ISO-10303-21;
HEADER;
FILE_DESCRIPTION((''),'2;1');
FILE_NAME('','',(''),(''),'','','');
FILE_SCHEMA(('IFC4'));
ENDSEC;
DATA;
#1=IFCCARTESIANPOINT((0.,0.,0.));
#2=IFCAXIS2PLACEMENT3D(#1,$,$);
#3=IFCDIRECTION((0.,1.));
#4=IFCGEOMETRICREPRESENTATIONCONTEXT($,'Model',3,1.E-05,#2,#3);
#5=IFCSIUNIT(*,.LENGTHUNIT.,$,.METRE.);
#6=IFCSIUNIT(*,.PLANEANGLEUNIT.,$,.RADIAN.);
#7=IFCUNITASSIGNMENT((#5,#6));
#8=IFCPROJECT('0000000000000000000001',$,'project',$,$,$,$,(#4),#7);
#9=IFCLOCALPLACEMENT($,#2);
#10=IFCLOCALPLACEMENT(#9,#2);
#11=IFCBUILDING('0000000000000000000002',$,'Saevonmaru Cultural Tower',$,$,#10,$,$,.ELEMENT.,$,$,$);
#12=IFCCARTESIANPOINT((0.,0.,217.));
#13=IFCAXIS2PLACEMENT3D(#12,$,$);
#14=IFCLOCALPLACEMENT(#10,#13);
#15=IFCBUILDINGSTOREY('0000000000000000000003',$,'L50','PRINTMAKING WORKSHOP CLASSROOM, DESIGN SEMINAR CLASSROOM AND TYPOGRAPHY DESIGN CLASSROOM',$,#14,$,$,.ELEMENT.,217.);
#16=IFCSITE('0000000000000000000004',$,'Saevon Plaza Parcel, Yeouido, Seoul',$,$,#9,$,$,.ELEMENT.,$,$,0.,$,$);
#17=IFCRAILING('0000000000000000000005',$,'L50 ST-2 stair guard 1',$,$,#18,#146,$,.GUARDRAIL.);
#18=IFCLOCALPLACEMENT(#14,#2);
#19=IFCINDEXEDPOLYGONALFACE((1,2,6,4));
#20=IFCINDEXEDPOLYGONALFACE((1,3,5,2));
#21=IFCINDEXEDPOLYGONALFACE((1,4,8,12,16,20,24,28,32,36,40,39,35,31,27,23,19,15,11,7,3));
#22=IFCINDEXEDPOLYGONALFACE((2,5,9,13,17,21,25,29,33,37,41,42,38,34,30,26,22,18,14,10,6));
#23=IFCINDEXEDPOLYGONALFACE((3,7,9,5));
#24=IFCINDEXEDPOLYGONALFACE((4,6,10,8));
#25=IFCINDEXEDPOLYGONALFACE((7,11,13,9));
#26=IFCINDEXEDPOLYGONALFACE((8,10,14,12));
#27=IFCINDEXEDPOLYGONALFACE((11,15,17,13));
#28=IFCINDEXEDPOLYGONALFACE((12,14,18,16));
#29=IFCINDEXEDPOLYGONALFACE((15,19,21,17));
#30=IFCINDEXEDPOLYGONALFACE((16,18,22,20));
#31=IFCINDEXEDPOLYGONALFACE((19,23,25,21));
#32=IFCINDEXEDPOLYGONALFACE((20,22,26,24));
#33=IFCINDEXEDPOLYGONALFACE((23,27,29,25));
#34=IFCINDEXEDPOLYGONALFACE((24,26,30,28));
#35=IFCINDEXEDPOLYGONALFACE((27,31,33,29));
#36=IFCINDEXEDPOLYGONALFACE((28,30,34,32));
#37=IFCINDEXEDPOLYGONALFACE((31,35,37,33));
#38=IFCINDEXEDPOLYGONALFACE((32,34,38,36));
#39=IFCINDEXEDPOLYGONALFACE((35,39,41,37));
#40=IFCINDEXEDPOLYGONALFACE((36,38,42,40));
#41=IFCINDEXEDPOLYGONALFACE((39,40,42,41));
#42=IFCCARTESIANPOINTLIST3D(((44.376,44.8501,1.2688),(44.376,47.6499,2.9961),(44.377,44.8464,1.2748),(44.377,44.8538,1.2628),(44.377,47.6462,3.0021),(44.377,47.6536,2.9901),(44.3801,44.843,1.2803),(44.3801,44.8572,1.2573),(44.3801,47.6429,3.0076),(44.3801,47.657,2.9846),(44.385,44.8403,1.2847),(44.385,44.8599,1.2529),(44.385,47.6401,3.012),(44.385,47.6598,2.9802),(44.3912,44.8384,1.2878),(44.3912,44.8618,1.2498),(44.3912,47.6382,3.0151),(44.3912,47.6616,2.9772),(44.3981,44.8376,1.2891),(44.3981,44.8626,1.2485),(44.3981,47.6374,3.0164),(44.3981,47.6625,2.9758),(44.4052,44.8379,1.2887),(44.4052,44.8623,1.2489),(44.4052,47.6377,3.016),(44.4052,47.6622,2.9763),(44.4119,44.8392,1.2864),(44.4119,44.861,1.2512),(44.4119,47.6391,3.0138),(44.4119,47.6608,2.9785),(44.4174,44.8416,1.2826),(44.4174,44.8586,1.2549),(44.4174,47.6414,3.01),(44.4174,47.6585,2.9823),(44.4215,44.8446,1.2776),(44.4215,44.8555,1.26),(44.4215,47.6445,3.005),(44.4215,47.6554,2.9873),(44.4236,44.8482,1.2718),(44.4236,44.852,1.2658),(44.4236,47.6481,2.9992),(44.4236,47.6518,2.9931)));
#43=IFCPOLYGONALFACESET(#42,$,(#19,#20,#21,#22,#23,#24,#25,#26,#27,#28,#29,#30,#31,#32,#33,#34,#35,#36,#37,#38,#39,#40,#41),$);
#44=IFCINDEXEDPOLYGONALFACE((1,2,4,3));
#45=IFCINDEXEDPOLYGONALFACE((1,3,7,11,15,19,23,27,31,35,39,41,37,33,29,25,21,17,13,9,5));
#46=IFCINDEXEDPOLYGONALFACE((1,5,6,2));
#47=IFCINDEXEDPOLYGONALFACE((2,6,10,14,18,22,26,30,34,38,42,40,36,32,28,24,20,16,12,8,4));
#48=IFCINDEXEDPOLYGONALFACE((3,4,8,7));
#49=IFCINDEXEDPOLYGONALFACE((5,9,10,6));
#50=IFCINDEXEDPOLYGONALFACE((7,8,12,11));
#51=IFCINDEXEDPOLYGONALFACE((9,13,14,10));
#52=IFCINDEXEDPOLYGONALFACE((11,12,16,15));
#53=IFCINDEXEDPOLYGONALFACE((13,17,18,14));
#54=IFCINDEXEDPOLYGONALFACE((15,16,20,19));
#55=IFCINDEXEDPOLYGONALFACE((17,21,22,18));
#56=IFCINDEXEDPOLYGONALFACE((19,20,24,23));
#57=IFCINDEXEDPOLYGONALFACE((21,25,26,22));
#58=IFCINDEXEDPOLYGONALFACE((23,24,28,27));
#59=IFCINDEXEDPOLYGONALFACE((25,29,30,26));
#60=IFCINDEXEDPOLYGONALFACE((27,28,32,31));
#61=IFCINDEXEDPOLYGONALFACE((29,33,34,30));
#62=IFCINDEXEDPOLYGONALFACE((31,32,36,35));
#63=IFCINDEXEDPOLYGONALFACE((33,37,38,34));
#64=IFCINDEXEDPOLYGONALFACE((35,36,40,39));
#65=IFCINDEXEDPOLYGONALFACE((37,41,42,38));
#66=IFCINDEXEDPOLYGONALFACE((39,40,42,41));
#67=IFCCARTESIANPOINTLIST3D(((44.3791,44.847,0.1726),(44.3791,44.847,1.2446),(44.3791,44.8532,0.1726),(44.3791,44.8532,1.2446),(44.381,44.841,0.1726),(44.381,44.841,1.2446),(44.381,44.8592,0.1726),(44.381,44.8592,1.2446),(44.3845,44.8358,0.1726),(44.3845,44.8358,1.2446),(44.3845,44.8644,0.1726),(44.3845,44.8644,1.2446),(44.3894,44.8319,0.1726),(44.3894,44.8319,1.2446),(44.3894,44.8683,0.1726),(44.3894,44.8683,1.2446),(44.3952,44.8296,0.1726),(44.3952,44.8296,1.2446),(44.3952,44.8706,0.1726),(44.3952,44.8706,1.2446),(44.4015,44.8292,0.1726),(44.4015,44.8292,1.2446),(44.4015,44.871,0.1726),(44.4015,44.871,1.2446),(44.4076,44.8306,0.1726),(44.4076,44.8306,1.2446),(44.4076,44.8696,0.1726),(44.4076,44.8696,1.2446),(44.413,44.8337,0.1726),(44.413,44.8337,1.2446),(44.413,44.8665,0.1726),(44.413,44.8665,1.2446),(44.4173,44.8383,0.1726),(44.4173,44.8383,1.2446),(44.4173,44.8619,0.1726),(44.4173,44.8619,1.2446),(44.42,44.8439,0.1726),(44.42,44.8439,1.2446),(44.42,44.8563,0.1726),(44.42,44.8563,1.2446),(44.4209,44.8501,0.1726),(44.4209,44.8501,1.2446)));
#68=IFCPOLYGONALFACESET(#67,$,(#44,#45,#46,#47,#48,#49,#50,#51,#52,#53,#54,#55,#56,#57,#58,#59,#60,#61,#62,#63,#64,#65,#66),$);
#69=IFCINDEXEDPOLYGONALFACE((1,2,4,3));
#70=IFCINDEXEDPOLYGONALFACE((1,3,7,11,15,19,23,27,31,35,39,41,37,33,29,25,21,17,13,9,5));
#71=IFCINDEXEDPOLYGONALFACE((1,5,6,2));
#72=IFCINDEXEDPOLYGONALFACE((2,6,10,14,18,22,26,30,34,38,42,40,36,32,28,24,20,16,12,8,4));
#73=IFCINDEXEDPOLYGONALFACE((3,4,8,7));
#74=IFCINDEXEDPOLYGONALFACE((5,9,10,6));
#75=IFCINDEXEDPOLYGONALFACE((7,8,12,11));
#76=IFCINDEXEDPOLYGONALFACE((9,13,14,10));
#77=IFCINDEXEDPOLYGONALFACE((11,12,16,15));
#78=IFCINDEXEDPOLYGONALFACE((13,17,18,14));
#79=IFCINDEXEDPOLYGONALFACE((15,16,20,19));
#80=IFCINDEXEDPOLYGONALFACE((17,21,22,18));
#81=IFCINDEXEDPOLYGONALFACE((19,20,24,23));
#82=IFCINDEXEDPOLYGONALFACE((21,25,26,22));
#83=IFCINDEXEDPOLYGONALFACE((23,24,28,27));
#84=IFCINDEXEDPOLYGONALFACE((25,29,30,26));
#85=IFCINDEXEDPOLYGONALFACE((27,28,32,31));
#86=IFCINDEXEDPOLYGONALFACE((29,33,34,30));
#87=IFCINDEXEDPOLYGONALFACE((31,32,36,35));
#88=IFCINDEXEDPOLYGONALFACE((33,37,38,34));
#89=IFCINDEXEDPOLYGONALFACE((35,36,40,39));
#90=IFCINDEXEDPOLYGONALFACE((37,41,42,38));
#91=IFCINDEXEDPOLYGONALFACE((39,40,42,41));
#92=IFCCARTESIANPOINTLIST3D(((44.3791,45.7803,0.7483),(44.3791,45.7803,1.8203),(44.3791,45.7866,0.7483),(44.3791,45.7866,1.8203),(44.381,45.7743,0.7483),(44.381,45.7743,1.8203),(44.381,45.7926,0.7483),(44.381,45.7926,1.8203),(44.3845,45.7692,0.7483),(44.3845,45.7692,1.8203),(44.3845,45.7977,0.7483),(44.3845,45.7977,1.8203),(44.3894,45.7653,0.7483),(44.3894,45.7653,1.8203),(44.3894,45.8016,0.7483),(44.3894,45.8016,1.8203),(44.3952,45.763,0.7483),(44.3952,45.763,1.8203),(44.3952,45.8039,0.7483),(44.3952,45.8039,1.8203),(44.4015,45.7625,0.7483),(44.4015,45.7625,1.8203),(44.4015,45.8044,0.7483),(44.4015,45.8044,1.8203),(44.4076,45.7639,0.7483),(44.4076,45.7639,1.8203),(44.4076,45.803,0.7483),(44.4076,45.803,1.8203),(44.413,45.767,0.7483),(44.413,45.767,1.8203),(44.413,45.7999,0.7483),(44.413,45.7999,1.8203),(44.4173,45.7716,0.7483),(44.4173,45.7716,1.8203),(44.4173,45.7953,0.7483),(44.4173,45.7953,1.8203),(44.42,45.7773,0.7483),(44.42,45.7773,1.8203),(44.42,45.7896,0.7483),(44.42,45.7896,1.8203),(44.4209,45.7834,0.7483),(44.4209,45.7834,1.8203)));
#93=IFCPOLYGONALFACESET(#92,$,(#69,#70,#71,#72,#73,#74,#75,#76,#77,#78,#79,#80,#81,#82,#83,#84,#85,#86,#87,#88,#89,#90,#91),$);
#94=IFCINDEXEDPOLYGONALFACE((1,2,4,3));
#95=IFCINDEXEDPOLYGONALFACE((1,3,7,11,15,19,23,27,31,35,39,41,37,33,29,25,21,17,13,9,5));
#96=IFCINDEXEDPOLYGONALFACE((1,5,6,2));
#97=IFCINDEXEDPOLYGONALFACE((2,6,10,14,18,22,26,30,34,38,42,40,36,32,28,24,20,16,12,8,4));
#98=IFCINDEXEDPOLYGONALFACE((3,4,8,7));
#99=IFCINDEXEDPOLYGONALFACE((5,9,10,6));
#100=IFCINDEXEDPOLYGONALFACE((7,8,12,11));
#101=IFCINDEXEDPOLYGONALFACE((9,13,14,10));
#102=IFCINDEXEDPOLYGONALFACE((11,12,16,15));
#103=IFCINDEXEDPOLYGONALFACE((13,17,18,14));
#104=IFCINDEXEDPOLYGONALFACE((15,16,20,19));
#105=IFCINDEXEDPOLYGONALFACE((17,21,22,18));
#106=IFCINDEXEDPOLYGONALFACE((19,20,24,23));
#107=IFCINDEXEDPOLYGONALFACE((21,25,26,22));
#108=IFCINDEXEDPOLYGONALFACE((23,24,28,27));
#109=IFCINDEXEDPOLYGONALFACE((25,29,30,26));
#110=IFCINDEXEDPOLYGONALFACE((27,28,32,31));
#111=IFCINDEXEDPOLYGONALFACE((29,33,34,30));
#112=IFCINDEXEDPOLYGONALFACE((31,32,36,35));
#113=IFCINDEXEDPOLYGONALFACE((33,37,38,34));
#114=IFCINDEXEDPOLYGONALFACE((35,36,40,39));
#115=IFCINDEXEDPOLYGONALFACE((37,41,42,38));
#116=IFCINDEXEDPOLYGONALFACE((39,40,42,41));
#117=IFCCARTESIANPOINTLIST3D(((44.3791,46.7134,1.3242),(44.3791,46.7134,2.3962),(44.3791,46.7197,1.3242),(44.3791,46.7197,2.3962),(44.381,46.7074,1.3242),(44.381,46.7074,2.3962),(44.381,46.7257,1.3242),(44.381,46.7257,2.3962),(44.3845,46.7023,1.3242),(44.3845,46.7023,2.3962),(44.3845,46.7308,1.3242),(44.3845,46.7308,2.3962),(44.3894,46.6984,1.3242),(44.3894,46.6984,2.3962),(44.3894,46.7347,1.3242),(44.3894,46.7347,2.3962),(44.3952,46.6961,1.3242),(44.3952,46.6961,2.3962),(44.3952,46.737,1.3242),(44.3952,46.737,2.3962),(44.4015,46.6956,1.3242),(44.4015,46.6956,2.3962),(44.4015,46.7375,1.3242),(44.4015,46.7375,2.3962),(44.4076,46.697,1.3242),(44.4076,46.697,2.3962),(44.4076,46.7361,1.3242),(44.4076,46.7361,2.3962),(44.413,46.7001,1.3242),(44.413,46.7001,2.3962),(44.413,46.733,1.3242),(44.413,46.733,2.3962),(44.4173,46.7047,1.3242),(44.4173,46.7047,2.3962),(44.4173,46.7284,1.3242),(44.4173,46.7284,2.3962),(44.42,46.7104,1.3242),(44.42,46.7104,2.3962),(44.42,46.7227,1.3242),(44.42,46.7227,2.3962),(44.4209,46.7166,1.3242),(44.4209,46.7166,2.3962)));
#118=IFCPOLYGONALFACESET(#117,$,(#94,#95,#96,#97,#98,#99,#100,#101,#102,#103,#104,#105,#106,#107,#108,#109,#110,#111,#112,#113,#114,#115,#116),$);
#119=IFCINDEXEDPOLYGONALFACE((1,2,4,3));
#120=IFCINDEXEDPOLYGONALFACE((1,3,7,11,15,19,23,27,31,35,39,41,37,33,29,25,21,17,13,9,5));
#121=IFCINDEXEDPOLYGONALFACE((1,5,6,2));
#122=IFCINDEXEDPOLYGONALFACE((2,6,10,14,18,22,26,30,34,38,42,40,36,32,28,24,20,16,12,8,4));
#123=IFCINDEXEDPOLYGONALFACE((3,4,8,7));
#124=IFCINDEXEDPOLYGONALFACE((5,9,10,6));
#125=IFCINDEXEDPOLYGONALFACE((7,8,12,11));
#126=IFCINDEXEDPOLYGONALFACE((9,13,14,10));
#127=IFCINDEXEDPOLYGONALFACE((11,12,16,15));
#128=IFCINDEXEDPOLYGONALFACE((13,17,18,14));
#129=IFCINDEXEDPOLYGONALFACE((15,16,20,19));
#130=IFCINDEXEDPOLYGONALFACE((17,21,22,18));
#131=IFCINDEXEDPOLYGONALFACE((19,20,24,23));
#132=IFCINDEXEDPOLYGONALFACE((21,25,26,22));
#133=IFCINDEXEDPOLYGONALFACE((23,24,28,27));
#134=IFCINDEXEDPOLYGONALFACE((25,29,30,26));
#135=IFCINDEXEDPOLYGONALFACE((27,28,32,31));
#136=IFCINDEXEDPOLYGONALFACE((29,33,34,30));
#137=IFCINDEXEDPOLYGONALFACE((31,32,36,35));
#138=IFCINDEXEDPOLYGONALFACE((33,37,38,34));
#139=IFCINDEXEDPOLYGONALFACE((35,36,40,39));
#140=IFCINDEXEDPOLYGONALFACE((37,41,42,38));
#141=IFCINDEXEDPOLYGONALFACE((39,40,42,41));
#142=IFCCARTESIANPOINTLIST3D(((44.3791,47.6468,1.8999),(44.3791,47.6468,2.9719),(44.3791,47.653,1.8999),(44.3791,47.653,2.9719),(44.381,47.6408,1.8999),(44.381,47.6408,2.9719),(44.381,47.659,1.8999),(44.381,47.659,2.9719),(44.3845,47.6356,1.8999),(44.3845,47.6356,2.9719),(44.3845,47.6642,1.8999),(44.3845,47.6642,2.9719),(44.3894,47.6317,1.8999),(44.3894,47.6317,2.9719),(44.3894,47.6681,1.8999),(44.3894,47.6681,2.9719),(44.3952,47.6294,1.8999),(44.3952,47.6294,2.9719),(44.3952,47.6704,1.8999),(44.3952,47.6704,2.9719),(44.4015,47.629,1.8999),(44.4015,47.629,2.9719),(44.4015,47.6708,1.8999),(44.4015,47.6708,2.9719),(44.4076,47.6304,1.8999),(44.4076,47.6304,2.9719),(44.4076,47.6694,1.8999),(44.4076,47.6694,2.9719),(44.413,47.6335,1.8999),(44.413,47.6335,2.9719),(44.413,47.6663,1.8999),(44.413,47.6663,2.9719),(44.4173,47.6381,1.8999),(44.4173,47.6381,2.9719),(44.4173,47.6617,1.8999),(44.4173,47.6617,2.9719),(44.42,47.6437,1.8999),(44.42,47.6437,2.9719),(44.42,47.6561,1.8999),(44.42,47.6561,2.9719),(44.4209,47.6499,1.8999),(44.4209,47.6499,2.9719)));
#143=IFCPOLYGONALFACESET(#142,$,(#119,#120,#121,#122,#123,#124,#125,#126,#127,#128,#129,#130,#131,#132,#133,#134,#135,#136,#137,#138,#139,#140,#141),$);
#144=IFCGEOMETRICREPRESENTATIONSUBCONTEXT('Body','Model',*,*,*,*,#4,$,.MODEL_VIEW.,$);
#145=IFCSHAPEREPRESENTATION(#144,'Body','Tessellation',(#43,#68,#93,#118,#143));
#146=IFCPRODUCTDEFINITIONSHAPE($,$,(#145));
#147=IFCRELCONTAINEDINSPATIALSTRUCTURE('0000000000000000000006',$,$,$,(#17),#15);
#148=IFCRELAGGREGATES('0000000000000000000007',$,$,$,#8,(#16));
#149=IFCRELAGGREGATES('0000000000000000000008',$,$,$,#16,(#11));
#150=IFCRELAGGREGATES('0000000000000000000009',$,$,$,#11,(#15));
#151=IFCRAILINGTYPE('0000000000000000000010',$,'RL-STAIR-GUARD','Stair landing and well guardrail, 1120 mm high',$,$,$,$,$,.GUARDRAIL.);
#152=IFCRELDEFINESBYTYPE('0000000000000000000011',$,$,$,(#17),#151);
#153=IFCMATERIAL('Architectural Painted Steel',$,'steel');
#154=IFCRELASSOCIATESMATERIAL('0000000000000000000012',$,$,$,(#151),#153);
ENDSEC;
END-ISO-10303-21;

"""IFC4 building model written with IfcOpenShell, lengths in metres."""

from ifc_helpers import new_model, si_unit, direction, frame, origin, origin_2d, place, context, subcontext, project, spatial, circle, extrude, material, type_object, element, save


model = new_model("IFC4")

# Units and contexts
model_context = context("Model", 3, precision=1e-05, world=origin(), true_north=direction((0.0, 1.0)))
body_context = subcontext(model_context, "Body", "Model", "MODEL_VIEW")
ifc_project = project(units=[si_unit("LENGTHUNIT", "METRE"), si_unit("PLANEANGLEUNIT", "RADIAN")], contexts=[model_context])

# Site, building, storey
site_placement = place(None, origin())
site = spatial("IfcSite", under=ifc_project, at=site_placement, Name="Saevon Plaza Parcel, Yeouido, Seoul", CompositionType="ELEMENT", RefElevation=0.0)
building_placement = place(site_placement, origin())
building = spatial("IfcBuilding", under=site, at=building_placement, Name="Saevonmaru Cultural Tower", CompositionType="ELEMENT")
storey_placement = place(building_placement, frame((0.0, 0.0, 217.0)))
storey = spatial("IfcBuildingStorey", under=building, at=storey_placement, Name="L50", Description="PRINTMAKING WORKSHOP CLASSROOM, DESIGN SEMINAR CLASSROOM AND TYPOGRAPHY DESIGN CLASSROOM", CompositionType="ELEMENT", Elevation=217.0)

# Railing
ifc_material_1 = material(Name="Architectural Painted Steel", Category="steel")
railing_type_1 = type_object("IfcRailingType", Name="RL-STAIR-GUARD", Description="Stair landing and well guardrail, 1120 mm high", PredefinedType="GUARDRAIL", material=ifc_material_1)
railing_1_placement = place(storey_placement, frame((44.3999, 44.8501, 0.1726)))
element("IfcRailing", 1, at=railing_1_placement, inside=storey, type_object=railing_type_1, Name="L50 ST-2 stair guard 1", PredefinedType="GUARDRAIL", context=body_context, shape_type="SweptSolid", body=[
    extrude(circle(Radius=0.0239, at=origin_2d()), frame((0.0, 0.0, 1.0962), z_axis=(0.0, 0.851069, 0.525054), x_axis=(-1.0, 0.0, 0.0)), (0.0, 0.0, 1.0), 3.2898),
    extrude(circle(Radius=0.021, at=origin_2d()), origin(), (0.0, 0.0, 1.0), 1.072),
    extrude(circle(Radius=0.021, at=origin_2d()), frame((0.0, 0.9333, 0.5757)), (0.0, 0.0, 1.0), 1.072),
    extrude(circle(Radius=0.021, at=origin_2d()), frame((0.0, 1.8665, 1.1516)), (0.0, 0.0, 1.0), 1.072),
    extrude(circle(Radius=0.021, at=origin_2d()), frame((0.0, 2.7998, 1.7273)), (0.0, 0.0, 1.0), 1.072),
])

save(model, "model.ifc")
